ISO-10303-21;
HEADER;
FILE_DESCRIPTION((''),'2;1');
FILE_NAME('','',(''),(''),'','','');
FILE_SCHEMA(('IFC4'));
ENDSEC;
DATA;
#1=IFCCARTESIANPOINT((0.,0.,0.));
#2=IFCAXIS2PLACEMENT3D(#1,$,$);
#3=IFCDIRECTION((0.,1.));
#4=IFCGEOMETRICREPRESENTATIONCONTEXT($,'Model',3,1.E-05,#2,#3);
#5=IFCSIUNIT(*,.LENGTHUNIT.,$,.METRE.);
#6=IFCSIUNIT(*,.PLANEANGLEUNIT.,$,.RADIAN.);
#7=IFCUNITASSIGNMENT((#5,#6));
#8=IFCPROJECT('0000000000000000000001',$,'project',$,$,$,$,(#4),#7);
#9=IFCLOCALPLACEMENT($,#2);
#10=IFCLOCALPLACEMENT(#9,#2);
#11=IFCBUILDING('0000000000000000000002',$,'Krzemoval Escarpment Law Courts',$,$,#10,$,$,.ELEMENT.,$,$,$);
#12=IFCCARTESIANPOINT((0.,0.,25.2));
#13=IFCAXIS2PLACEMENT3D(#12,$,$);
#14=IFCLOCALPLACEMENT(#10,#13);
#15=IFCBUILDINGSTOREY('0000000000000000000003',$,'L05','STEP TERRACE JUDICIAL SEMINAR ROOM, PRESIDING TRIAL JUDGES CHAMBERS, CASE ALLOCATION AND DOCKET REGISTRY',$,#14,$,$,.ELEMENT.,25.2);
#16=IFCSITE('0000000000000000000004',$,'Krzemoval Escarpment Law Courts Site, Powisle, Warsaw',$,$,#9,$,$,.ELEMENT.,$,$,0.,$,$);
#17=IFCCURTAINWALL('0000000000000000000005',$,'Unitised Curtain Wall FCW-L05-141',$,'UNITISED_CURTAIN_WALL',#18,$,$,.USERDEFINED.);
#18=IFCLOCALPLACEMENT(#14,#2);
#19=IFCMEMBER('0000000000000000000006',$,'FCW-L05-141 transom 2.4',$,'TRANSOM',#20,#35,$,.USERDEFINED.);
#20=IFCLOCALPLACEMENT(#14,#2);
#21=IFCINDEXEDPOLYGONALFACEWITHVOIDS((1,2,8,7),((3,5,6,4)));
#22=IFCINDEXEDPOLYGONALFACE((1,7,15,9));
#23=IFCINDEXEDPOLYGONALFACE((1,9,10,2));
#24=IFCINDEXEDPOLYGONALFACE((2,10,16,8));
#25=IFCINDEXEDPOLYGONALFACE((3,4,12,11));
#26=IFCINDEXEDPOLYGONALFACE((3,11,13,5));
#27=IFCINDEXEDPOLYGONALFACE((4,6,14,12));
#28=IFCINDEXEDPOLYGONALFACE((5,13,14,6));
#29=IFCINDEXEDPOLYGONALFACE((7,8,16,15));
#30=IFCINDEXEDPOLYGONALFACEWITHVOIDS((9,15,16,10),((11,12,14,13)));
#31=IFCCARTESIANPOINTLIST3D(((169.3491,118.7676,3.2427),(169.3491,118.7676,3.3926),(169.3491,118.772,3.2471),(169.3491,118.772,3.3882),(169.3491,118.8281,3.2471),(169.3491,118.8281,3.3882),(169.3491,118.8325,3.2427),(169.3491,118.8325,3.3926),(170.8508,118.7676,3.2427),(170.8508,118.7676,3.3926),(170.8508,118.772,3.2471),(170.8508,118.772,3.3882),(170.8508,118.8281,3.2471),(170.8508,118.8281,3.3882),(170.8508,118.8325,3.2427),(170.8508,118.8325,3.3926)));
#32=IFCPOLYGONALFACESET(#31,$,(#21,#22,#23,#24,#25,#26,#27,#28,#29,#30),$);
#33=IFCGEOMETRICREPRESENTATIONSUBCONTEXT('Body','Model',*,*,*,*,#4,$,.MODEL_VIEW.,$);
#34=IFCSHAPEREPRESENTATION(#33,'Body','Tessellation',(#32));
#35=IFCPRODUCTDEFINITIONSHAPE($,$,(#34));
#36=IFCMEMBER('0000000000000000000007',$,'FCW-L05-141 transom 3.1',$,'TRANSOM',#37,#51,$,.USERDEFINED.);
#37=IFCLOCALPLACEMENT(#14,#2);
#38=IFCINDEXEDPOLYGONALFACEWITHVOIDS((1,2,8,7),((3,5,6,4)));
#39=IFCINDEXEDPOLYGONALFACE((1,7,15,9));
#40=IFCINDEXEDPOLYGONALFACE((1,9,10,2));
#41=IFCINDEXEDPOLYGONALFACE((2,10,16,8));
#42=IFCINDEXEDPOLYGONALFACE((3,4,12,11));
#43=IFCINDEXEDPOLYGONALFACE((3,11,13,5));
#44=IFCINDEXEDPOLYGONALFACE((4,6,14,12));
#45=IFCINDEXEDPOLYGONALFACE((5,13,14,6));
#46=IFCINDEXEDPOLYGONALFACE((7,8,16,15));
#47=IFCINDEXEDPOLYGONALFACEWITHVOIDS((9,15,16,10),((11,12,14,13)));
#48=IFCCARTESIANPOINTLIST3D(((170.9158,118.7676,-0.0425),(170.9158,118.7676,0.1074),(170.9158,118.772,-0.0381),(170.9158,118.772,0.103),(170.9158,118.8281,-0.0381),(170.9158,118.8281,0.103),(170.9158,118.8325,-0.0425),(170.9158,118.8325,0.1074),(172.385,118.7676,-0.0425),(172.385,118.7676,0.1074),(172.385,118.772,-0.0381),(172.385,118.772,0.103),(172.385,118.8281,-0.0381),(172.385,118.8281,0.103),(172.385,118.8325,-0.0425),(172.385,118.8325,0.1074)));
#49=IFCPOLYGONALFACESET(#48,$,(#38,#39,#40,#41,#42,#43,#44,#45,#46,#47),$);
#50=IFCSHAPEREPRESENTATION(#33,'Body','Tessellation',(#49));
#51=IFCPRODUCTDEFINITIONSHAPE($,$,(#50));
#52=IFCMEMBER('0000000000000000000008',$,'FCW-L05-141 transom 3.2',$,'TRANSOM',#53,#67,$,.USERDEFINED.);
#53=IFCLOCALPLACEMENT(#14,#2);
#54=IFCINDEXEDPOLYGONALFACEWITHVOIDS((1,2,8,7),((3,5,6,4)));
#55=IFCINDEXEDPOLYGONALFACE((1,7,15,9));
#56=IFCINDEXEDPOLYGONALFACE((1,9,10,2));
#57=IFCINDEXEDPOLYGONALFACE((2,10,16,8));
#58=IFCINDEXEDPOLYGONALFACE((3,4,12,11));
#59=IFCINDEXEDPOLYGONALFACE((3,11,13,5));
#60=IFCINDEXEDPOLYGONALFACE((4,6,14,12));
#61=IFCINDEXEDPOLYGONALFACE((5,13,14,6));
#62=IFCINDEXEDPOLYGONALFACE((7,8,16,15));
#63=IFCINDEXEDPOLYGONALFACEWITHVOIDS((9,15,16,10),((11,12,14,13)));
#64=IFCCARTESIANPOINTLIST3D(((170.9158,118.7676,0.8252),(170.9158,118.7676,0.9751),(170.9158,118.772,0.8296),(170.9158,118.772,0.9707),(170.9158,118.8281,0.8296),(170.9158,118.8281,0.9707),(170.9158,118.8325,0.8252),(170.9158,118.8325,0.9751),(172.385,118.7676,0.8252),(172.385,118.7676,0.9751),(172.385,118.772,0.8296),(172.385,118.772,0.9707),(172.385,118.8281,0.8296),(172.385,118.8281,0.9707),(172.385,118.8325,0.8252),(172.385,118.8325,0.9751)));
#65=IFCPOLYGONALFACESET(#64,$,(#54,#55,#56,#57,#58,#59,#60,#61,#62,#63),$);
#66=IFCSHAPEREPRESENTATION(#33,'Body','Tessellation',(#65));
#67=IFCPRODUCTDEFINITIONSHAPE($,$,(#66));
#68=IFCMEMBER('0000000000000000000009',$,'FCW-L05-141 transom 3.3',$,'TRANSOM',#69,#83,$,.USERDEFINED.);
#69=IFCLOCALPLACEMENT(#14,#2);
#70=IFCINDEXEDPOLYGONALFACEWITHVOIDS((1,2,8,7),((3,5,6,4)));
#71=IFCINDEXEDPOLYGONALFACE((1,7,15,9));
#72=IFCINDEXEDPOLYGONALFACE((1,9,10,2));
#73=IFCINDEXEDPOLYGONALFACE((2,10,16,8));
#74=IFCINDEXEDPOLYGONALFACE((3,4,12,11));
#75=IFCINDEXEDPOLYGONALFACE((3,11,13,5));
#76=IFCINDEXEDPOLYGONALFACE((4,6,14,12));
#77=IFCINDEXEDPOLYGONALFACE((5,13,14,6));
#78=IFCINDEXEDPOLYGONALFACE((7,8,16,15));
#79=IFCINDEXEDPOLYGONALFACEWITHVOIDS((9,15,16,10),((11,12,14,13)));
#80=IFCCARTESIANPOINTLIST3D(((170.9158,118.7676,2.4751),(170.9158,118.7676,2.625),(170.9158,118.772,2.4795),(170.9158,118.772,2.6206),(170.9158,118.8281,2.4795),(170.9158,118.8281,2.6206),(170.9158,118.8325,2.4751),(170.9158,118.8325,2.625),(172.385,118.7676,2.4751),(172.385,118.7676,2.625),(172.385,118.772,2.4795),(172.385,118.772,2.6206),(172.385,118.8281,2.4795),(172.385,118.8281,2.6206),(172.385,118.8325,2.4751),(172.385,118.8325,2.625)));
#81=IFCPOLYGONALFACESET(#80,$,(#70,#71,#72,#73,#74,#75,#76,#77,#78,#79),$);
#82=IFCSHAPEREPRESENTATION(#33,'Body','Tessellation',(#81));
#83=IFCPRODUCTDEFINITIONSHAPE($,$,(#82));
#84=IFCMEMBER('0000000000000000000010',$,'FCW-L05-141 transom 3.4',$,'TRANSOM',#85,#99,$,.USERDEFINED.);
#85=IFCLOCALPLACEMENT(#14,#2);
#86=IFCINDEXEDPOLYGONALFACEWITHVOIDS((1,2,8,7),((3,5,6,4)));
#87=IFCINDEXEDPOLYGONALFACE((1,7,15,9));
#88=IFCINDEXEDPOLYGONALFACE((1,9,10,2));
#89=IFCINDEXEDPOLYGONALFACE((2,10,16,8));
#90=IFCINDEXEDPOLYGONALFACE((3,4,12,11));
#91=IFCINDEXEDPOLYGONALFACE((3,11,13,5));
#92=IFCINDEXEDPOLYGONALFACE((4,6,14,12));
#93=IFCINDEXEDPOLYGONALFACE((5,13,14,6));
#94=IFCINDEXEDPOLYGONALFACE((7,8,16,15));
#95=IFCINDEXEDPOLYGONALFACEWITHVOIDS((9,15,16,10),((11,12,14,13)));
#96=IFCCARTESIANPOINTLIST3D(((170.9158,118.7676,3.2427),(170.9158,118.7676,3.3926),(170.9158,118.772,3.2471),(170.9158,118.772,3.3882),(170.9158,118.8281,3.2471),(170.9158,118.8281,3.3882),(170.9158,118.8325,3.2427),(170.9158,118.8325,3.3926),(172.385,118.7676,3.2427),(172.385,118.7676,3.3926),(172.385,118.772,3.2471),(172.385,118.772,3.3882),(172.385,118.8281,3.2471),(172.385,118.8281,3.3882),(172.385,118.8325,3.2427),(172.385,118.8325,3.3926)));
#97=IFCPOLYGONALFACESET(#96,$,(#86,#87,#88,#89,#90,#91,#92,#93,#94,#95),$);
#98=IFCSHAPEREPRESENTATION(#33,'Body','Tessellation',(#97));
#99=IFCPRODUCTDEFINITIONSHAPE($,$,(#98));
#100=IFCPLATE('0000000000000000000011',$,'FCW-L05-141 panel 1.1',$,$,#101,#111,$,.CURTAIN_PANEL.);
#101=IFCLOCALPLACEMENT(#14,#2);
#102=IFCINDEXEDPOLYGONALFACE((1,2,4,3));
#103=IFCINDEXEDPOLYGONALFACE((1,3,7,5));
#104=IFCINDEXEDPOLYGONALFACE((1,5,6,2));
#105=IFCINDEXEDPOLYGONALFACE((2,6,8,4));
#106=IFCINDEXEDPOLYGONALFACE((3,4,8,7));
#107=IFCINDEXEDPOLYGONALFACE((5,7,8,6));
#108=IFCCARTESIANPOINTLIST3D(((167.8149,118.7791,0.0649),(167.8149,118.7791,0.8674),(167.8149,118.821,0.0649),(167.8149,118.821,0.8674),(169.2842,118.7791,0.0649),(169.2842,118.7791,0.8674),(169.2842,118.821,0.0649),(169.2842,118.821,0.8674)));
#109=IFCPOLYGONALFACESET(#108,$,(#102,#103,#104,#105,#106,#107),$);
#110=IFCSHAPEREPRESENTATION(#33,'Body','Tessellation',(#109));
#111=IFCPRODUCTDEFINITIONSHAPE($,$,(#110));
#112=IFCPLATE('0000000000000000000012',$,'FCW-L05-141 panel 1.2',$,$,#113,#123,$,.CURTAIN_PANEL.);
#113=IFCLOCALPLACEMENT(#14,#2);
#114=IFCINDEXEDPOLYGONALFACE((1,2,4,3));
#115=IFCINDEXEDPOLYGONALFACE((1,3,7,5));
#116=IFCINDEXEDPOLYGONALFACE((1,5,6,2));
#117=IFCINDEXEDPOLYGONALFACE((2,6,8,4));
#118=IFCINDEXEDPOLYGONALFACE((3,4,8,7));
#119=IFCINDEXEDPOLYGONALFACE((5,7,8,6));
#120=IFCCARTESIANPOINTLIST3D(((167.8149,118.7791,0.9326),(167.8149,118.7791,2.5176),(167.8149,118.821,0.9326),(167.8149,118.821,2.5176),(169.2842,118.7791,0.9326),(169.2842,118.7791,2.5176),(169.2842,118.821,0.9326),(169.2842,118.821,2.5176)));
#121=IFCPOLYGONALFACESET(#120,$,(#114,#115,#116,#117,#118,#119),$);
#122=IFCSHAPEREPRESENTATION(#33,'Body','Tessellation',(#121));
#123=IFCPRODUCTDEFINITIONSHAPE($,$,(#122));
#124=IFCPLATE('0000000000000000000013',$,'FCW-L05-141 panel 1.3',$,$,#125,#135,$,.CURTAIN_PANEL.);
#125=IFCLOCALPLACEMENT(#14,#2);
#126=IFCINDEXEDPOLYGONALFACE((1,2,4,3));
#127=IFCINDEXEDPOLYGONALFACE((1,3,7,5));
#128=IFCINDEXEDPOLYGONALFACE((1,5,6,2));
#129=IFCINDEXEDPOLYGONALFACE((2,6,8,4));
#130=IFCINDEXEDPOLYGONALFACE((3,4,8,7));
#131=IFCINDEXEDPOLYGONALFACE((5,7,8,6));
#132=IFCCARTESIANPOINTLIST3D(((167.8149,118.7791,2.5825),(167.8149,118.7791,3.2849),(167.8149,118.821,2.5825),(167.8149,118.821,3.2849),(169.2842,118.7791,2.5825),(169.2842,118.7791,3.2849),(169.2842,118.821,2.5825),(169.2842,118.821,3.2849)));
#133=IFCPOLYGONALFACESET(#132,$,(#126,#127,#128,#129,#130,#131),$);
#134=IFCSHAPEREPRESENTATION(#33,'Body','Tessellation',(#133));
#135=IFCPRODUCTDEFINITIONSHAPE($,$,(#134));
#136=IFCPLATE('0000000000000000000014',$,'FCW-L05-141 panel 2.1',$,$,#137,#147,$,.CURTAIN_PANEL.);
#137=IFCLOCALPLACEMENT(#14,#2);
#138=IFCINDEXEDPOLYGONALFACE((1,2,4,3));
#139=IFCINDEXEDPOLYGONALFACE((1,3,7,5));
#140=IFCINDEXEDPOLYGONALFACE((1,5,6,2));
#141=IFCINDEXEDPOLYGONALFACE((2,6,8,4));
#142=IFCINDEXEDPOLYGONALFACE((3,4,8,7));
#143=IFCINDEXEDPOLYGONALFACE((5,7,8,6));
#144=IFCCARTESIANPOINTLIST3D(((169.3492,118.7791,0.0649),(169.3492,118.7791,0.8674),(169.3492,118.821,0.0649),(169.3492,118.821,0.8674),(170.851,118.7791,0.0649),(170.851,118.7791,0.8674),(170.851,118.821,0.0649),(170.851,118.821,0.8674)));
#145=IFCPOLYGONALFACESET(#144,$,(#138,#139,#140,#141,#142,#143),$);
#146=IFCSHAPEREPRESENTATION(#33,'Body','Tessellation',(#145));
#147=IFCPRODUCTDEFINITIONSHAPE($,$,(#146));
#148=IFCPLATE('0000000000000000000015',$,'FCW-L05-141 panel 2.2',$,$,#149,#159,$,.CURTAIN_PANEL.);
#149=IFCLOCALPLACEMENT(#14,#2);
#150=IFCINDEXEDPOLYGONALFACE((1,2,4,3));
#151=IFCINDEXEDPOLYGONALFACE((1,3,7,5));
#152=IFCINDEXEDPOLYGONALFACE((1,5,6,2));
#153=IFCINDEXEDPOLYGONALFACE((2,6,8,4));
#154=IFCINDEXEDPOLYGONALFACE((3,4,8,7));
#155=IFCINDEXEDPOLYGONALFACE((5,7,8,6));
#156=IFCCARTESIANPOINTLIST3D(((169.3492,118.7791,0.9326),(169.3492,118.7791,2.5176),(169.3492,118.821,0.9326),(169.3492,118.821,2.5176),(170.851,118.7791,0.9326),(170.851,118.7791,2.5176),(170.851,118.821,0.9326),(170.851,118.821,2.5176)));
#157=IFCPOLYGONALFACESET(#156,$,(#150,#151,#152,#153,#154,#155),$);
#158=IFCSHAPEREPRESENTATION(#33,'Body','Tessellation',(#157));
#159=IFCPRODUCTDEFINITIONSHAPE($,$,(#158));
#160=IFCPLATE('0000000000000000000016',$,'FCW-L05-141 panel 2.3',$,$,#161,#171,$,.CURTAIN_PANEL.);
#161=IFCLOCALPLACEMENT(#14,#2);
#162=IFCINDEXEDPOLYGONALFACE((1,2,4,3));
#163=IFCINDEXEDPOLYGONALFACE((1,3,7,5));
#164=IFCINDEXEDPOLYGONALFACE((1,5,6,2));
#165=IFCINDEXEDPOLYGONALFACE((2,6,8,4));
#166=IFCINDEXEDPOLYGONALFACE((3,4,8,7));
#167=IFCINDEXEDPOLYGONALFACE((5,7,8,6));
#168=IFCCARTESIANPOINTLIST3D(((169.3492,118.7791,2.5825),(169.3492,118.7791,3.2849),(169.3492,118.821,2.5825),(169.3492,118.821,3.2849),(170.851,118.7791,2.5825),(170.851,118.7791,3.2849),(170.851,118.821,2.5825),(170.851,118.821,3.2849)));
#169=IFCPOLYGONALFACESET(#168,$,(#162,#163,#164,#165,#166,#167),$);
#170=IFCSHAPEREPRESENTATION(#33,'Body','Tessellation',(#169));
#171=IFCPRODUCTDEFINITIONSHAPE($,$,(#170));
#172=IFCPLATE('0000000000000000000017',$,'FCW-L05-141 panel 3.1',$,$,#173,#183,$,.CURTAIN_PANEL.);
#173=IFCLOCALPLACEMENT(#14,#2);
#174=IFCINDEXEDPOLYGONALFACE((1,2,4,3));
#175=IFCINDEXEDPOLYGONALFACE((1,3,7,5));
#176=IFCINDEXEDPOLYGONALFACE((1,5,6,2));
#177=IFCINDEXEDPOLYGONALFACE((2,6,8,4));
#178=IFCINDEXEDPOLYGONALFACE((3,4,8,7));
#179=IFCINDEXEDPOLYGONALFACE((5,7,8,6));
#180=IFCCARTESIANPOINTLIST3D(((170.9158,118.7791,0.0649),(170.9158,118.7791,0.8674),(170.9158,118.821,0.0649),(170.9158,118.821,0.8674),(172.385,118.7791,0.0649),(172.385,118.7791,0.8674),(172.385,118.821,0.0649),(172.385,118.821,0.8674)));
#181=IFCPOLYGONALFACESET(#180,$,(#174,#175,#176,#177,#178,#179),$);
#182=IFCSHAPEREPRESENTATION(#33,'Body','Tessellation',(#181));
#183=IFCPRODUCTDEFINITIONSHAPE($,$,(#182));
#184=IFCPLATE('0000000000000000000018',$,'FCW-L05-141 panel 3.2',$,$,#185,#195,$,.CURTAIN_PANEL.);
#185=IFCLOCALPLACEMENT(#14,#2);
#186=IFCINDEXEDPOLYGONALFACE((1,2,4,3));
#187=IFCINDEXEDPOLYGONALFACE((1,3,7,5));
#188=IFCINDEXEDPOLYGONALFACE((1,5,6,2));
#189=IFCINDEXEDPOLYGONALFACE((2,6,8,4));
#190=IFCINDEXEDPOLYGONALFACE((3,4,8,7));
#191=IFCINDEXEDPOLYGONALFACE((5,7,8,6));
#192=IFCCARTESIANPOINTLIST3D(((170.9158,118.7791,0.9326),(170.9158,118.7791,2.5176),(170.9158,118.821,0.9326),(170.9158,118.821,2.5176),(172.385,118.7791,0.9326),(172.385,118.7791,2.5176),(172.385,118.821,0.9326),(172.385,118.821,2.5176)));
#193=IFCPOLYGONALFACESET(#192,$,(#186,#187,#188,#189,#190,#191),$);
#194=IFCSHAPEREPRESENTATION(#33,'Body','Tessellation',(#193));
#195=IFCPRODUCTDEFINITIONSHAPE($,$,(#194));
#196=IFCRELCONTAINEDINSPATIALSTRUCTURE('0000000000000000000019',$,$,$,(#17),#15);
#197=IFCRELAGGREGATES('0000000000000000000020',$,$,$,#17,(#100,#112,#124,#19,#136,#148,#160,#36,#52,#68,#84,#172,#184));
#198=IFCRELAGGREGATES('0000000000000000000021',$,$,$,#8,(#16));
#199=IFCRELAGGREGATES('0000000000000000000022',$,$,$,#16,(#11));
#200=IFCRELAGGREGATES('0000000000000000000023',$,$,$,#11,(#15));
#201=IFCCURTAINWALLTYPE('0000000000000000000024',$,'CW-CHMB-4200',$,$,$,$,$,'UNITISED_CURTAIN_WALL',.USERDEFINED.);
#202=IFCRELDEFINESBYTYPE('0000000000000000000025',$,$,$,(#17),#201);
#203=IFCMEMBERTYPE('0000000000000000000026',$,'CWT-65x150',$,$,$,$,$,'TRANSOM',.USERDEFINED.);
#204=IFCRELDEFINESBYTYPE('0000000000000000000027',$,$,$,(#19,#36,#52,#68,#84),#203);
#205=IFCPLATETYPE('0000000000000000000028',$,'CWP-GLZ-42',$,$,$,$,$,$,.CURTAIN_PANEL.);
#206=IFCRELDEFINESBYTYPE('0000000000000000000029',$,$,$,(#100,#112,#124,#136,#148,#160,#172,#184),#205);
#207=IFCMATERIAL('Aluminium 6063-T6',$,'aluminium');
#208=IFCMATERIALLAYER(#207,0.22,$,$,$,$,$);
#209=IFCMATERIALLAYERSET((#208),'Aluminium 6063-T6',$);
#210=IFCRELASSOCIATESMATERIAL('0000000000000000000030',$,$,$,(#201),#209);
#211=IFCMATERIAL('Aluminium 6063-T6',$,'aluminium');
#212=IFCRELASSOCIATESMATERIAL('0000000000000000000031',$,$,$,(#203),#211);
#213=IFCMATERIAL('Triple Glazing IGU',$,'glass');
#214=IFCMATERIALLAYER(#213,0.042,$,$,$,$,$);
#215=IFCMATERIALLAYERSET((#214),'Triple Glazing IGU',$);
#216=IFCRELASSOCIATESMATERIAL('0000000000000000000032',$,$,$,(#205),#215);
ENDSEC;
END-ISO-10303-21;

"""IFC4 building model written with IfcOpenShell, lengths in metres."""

from ifc_helpers import new_model, si_unit, direction, frame, origin, origin_2d, place, context, subcontext, project, spatial, rectangle, hollow_rectangle, extrude, material, layer, layer_set, material_profile, profile_set, type_object, element, aggregate, save


model = new_model("IFC4")

# Units and contexts
model_context = context("Model", 3, precision=1e-05, world=origin(), true_north=direction((0.0, 1.0)))
body_context = subcontext(model_context, "Body", "Model", "MODEL_VIEW")
ifc_project = project(units=[si_unit("LENGTHUNIT", "METRE"), si_unit("PLANEANGLEUNIT", "RADIAN")], contexts=[model_context])

# Site, building, storey
site_placement = place(None, origin())
site = spatial("IfcSite", under=ifc_project, at=site_placement, Name="Krzemoval Escarpment Law Courts Site, Powisle, Warsaw", CompositionType="ELEMENT", RefElevation=0.0)
building_placement = place(site_placement, origin())
building = spatial("IfcBuilding", under=site, at=building_placement, Name="Krzemoval Escarpment Law Courts", CompositionType="ELEMENT")
storey_placement = place(building_placement, frame((0.0, 0.0, 25.2)))
storey = spatial("IfcBuildingStorey", under=building, at=storey_placement, Name="L05", Description="STEP TERRACE JUDICIAL SEMINAR ROOM, PRESIDING TRIAL JUDGES CHAMBERS, CASE ALLOCATION AND DOCKET REGISTRY", CompositionType="ELEMENT", Elevation=25.2)

# Curtain wall, members, plates
ifc_material_1 = material(Name="Aluminium 6063-T6", Category="aluminium")
ifc_layer_1 = layer(ifc_material_1, 0.22)
ifc_layer_set_1 = layer_set([ifc_layer_1], Name="Aluminium 6063-T6")
curtain_wall_type = type_object("IfcCurtainWallType", Name="CW-CHMB-4200", ElementType="UNITISED_CURTAIN_WALL", PredefinedType="USERDEFINED", material=ifc_layer_set_1)
curtain_wall_placement = place(storey_placement, origin())
curtain_wall = element("IfcCurtainWall", 1, at=curtain_wall_placement, inside=storey, type_object=curtain_wall_type, Name="Unitised Curtain Wall FCW-L05-141", ObjectType="UNITISED_CURTAIN_WALL", PredefinedType="USERDEFINED")
ifc_material_2 = material(Name="Aluminium 6063-T6", Category="aluminium")
ifc_material_profile_1 = material_profile(ifc_material_2, hollow_rectangle(XDim=0.0649, YDim=0.1499, WallThickness=0.0044, at=origin_2d()), Name="ALU T65x150")
ifc_profile_set_1 = profile_set([ifc_material_profile_1], Name="Aluminium 6063-T6")
member_type_1 = type_object("IfcMemberType", Name="CWT-65x150", ElementType="TRANSOM", PredefinedType="USERDEFINED", material=ifc_profile_set_1)
member_1_placement = place(storey_placement, frame((169.3491, 118.8, 3.3176), z_axis=(1.0, 0.0, 0.0), x_axis=(0.0, 1.0, 0.0)))
member_1 = element("IfcMember", 2, at=member_1_placement, type_object=member_type_1, Name="FCW-L05-141 transom 2.4", ObjectType="TRANSOM", PredefinedType="USERDEFINED", context=body_context, shape_type="SweptSolid", body=[
    extrude(hollow_rectangle(XDim=0.0649, YDim=0.1499, WallThickness=0.0044, at=origin_2d()), origin(), (0.0, 0.0, 1.0), 1.5017),
])
member_2_placement = place(storey_placement, frame((170.9158, 118.8, 0.0325), z_axis=(1.0, 0.0, 0.0), x_axis=(0.0, 1.0, 0.0)))
member_2 = element("IfcMember", 3, at=member_2_placement, type_object=member_type_1, Name="FCW-L05-141 transom 3.1", ObjectType="TRANSOM", PredefinedType="USERDEFINED", context=body_context, shape_type="SweptSolid", body=[
    extrude(hollow_rectangle(XDim=0.0649, YDim=0.1499, WallThickness=0.0044, at=origin_2d()), origin(), (0.0, 0.0, 1.0), 1.4692),
])
member_3_placement = place(storey_placement, frame((170.9158, 118.8, 0.9001), z_axis=(1.0, 0.0, 0.0), x_axis=(0.0, 1.0, 0.0)))
member_3 = element("IfcMember", 4, at=member_3_placement, type_object=member_type_1, Name="FCW-L05-141 transom 3.2", ObjectType="TRANSOM", PredefinedType="USERDEFINED", context=body_context, shape_type="SweptSolid", body=[
    extrude(hollow_rectangle(XDim=0.0649, YDim=0.1499, WallThickness=0.0044, at=origin_2d()), origin(), (0.0, 0.0, 1.0), 1.4692),
])
member_4_placement = place(storey_placement, frame((170.9158, 118.8, 2.55), z_axis=(1.0, 0.0, 0.0), x_axis=(0.0, 1.0, 0.0)))
member_4 = element("IfcMember", 5, at=member_4_placement, type_object=member_type_1, Name="FCW-L05-141 transom 3.3", ObjectType="TRANSOM", PredefinedType="USERDEFINED", context=body_context, shape_type="SweptSolid", body=[
    extrude(hollow_rectangle(XDim=0.0649, YDim=0.1499, WallThickness=0.0044, at=origin_2d()), origin(), (0.0, 0.0, 1.0), 1.4692),
])
member_5_placement = place(storey_placement, frame((170.9158, 118.8, 3.3176), z_axis=(1.0, 0.0, 0.0), x_axis=(0.0, 1.0, 0.0)))
member_5 = element("IfcMember", 6, at=member_5_placement, type_object=member_type_1, Name="FCW-L05-141 transom 3.4", ObjectType="TRANSOM", PredefinedType="USERDEFINED", context=body_context, shape_type="SweptSolid", body=[
    extrude(hollow_rectangle(XDim=0.0649, YDim=0.1499, WallThickness=0.0044, at=origin_2d()), origin(), (0.0, 0.0, 1.0), 1.4692),
])
ifc_material_3 = material(Name="Triple Glazing IGU", Category="glass")
ifc_layer_2 = layer(ifc_material_3, 0.042)
ifc_layer_set_2 = layer_set([ifc_layer_2], Name="Triple Glazing IGU")
plate_type = type_object("IfcPlateType", Name="CWP-GLZ-42", PredefinedType="CURTAIN_PANEL", material=ifc_layer_set_2)
plate_1_placement = place(storey_placement, frame((168.5496, 118.8, 0.0649), z_axis=(0.0, 0.0, 1.0), x_axis=(1.0, 0.0, 0.0)))
plate_1 = element("IfcPlate", 7, at=plate_1_placement, type_object=plate_type, Name="FCW-L05-141 panel 1.1", PredefinedType="CURTAIN_PANEL", context=body_context, shape_type="SweptSolid", body=[
    extrude(rectangle(XDim=1.4692, YDim=0.042, at=origin_2d()), origin(), (0.0, 0.0, 1.0), 0.8025),
])
plate_2_placement = place(storey_placement, frame((168.5496, 118.8, 0.9326), z_axis=(0.0, 0.0, 1.0), x_axis=(1.0, 0.0, 0.0)))
plate_2 = element("IfcPlate", 8, at=plate_2_placement, type_object=plate_type, Name="FCW-L05-141 panel 1.2", PredefinedType="CURTAIN_PANEL", context=body_context, shape_type="SweptSolid", body=[
    extrude(rectangle(XDim=1.4692, YDim=0.042, at=origin_2d()), origin(), (0.0, 0.0, 1.0), 1.585),
])
plate_3_placement = place(storey_placement, frame((168.5496, 118.8, 2.5825), z_axis=(0.0, 0.0, 1.0), x_axis=(1.0, 0.0, 0.0)))
plate_3 = element("IfcPlate", 9, at=plate_3_placement, type_object=plate_type, Name="FCW-L05-141 panel 1.3", PredefinedType="CURTAIN_PANEL", context=body_context, shape_type="SweptSolid", body=[
    extrude(rectangle(XDim=1.4692, YDim=0.042, at=origin_2d()), origin(), (0.0, 0.0, 1.0), 0.7024),
])
plate_4_placement = place(storey_placement, frame((170.1001, 118.8, 0.0649), z_axis=(0.0, 0.0, 1.0), x_axis=(1.0, 0.0, 0.0)))
plate_4 = element("IfcPlate", 10, at=plate_4_placement, type_object=plate_type, Name="FCW-L05-141 panel 2.1", PredefinedType="CURTAIN_PANEL", context=body_context, shape_type="SweptSolid", body=[
    extrude(rectangle(XDim=1.5017, YDim=0.042, at=origin_2d()), origin(), (0.0, 0.0, 1.0), 0.8025),
])
plate_5_placement = place(storey_placement, frame((170.1001, 118.8, 0.9326), z_axis=(0.0, 0.0, 1.0), x_axis=(1.0, 0.0, 0.0)))
plate_5 = element("IfcPlate", 11, at=plate_5_placement, type_object=plate_type, Name="FCW-L05-141 panel 2.2", PredefinedType="CURTAIN_PANEL", context=body_context, shape_type="SweptSolid", body=[
    extrude(rectangle(XDim=1.5017, YDim=0.042, at=origin_2d()), origin(), (0.0, 0.0, 1.0), 1.585),
])
plate_6_placement = place(storey_placement, frame((170.1001, 118.8, 2.5825), z_axis=(0.0, 0.0, 1.0), x_axis=(1.0, 0.0, 0.0)))
plate_6 = element("IfcPlate", 12, at=plate_6_placement, type_object=plate_type, Name="FCW-L05-141 panel 2.3", PredefinedType="CURTAIN_PANEL", context=body_context, shape_type="SweptSolid", body=[
    extrude(rectangle(XDim=1.5017, YDim=0.042, at=origin_2d()), origin(), (0.0, 0.0, 1.0), 0.7024),
])
plate_7_placement = place(storey_placement, frame((171.6504, 118.8, 0.0649), z_axis=(0.0, 0.0, 1.0), x_axis=(1.0, 0.0, 0.0)))
plate_7 = element("IfcPlate", 13, at=plate_7_placement, type_object=plate_type, Name="FCW-L05-141 panel 3.1", PredefinedType="CURTAIN_PANEL", context=body_context, shape_type="SweptSolid", body=[
    extrude(rectangle(XDim=1.4692, YDim=0.042, at=origin_2d()), origin(), (0.0, 0.0, 1.0), 0.8025),
])
plate_8_placement = place(storey_placement, frame((171.6504, 118.8, 0.9326), z_axis=(0.0, 0.0, 1.0), x_axis=(1.0, 0.0, 0.0)))
plate_8 = element("IfcPlate", 14, at=plate_8_placement, type_object=plate_type, Name="FCW-L05-141 panel 3.2", PredefinedType="CURTAIN_PANEL", context=body_context, shape_type="SweptSolid", body=[
    extrude(rectangle(XDim=1.4692, YDim=0.042, at=origin_2d()), origin(), (0.0, 0.0, 1.0), 1.585),
])
aggregate(curtain_wall, [plate_1, plate_2, plate_3, member_1, plate_4, plate_5, plate_6, member_2, member_3, member_4, member_5, plate_7, plate_8])

save(model, "model.ifc")
